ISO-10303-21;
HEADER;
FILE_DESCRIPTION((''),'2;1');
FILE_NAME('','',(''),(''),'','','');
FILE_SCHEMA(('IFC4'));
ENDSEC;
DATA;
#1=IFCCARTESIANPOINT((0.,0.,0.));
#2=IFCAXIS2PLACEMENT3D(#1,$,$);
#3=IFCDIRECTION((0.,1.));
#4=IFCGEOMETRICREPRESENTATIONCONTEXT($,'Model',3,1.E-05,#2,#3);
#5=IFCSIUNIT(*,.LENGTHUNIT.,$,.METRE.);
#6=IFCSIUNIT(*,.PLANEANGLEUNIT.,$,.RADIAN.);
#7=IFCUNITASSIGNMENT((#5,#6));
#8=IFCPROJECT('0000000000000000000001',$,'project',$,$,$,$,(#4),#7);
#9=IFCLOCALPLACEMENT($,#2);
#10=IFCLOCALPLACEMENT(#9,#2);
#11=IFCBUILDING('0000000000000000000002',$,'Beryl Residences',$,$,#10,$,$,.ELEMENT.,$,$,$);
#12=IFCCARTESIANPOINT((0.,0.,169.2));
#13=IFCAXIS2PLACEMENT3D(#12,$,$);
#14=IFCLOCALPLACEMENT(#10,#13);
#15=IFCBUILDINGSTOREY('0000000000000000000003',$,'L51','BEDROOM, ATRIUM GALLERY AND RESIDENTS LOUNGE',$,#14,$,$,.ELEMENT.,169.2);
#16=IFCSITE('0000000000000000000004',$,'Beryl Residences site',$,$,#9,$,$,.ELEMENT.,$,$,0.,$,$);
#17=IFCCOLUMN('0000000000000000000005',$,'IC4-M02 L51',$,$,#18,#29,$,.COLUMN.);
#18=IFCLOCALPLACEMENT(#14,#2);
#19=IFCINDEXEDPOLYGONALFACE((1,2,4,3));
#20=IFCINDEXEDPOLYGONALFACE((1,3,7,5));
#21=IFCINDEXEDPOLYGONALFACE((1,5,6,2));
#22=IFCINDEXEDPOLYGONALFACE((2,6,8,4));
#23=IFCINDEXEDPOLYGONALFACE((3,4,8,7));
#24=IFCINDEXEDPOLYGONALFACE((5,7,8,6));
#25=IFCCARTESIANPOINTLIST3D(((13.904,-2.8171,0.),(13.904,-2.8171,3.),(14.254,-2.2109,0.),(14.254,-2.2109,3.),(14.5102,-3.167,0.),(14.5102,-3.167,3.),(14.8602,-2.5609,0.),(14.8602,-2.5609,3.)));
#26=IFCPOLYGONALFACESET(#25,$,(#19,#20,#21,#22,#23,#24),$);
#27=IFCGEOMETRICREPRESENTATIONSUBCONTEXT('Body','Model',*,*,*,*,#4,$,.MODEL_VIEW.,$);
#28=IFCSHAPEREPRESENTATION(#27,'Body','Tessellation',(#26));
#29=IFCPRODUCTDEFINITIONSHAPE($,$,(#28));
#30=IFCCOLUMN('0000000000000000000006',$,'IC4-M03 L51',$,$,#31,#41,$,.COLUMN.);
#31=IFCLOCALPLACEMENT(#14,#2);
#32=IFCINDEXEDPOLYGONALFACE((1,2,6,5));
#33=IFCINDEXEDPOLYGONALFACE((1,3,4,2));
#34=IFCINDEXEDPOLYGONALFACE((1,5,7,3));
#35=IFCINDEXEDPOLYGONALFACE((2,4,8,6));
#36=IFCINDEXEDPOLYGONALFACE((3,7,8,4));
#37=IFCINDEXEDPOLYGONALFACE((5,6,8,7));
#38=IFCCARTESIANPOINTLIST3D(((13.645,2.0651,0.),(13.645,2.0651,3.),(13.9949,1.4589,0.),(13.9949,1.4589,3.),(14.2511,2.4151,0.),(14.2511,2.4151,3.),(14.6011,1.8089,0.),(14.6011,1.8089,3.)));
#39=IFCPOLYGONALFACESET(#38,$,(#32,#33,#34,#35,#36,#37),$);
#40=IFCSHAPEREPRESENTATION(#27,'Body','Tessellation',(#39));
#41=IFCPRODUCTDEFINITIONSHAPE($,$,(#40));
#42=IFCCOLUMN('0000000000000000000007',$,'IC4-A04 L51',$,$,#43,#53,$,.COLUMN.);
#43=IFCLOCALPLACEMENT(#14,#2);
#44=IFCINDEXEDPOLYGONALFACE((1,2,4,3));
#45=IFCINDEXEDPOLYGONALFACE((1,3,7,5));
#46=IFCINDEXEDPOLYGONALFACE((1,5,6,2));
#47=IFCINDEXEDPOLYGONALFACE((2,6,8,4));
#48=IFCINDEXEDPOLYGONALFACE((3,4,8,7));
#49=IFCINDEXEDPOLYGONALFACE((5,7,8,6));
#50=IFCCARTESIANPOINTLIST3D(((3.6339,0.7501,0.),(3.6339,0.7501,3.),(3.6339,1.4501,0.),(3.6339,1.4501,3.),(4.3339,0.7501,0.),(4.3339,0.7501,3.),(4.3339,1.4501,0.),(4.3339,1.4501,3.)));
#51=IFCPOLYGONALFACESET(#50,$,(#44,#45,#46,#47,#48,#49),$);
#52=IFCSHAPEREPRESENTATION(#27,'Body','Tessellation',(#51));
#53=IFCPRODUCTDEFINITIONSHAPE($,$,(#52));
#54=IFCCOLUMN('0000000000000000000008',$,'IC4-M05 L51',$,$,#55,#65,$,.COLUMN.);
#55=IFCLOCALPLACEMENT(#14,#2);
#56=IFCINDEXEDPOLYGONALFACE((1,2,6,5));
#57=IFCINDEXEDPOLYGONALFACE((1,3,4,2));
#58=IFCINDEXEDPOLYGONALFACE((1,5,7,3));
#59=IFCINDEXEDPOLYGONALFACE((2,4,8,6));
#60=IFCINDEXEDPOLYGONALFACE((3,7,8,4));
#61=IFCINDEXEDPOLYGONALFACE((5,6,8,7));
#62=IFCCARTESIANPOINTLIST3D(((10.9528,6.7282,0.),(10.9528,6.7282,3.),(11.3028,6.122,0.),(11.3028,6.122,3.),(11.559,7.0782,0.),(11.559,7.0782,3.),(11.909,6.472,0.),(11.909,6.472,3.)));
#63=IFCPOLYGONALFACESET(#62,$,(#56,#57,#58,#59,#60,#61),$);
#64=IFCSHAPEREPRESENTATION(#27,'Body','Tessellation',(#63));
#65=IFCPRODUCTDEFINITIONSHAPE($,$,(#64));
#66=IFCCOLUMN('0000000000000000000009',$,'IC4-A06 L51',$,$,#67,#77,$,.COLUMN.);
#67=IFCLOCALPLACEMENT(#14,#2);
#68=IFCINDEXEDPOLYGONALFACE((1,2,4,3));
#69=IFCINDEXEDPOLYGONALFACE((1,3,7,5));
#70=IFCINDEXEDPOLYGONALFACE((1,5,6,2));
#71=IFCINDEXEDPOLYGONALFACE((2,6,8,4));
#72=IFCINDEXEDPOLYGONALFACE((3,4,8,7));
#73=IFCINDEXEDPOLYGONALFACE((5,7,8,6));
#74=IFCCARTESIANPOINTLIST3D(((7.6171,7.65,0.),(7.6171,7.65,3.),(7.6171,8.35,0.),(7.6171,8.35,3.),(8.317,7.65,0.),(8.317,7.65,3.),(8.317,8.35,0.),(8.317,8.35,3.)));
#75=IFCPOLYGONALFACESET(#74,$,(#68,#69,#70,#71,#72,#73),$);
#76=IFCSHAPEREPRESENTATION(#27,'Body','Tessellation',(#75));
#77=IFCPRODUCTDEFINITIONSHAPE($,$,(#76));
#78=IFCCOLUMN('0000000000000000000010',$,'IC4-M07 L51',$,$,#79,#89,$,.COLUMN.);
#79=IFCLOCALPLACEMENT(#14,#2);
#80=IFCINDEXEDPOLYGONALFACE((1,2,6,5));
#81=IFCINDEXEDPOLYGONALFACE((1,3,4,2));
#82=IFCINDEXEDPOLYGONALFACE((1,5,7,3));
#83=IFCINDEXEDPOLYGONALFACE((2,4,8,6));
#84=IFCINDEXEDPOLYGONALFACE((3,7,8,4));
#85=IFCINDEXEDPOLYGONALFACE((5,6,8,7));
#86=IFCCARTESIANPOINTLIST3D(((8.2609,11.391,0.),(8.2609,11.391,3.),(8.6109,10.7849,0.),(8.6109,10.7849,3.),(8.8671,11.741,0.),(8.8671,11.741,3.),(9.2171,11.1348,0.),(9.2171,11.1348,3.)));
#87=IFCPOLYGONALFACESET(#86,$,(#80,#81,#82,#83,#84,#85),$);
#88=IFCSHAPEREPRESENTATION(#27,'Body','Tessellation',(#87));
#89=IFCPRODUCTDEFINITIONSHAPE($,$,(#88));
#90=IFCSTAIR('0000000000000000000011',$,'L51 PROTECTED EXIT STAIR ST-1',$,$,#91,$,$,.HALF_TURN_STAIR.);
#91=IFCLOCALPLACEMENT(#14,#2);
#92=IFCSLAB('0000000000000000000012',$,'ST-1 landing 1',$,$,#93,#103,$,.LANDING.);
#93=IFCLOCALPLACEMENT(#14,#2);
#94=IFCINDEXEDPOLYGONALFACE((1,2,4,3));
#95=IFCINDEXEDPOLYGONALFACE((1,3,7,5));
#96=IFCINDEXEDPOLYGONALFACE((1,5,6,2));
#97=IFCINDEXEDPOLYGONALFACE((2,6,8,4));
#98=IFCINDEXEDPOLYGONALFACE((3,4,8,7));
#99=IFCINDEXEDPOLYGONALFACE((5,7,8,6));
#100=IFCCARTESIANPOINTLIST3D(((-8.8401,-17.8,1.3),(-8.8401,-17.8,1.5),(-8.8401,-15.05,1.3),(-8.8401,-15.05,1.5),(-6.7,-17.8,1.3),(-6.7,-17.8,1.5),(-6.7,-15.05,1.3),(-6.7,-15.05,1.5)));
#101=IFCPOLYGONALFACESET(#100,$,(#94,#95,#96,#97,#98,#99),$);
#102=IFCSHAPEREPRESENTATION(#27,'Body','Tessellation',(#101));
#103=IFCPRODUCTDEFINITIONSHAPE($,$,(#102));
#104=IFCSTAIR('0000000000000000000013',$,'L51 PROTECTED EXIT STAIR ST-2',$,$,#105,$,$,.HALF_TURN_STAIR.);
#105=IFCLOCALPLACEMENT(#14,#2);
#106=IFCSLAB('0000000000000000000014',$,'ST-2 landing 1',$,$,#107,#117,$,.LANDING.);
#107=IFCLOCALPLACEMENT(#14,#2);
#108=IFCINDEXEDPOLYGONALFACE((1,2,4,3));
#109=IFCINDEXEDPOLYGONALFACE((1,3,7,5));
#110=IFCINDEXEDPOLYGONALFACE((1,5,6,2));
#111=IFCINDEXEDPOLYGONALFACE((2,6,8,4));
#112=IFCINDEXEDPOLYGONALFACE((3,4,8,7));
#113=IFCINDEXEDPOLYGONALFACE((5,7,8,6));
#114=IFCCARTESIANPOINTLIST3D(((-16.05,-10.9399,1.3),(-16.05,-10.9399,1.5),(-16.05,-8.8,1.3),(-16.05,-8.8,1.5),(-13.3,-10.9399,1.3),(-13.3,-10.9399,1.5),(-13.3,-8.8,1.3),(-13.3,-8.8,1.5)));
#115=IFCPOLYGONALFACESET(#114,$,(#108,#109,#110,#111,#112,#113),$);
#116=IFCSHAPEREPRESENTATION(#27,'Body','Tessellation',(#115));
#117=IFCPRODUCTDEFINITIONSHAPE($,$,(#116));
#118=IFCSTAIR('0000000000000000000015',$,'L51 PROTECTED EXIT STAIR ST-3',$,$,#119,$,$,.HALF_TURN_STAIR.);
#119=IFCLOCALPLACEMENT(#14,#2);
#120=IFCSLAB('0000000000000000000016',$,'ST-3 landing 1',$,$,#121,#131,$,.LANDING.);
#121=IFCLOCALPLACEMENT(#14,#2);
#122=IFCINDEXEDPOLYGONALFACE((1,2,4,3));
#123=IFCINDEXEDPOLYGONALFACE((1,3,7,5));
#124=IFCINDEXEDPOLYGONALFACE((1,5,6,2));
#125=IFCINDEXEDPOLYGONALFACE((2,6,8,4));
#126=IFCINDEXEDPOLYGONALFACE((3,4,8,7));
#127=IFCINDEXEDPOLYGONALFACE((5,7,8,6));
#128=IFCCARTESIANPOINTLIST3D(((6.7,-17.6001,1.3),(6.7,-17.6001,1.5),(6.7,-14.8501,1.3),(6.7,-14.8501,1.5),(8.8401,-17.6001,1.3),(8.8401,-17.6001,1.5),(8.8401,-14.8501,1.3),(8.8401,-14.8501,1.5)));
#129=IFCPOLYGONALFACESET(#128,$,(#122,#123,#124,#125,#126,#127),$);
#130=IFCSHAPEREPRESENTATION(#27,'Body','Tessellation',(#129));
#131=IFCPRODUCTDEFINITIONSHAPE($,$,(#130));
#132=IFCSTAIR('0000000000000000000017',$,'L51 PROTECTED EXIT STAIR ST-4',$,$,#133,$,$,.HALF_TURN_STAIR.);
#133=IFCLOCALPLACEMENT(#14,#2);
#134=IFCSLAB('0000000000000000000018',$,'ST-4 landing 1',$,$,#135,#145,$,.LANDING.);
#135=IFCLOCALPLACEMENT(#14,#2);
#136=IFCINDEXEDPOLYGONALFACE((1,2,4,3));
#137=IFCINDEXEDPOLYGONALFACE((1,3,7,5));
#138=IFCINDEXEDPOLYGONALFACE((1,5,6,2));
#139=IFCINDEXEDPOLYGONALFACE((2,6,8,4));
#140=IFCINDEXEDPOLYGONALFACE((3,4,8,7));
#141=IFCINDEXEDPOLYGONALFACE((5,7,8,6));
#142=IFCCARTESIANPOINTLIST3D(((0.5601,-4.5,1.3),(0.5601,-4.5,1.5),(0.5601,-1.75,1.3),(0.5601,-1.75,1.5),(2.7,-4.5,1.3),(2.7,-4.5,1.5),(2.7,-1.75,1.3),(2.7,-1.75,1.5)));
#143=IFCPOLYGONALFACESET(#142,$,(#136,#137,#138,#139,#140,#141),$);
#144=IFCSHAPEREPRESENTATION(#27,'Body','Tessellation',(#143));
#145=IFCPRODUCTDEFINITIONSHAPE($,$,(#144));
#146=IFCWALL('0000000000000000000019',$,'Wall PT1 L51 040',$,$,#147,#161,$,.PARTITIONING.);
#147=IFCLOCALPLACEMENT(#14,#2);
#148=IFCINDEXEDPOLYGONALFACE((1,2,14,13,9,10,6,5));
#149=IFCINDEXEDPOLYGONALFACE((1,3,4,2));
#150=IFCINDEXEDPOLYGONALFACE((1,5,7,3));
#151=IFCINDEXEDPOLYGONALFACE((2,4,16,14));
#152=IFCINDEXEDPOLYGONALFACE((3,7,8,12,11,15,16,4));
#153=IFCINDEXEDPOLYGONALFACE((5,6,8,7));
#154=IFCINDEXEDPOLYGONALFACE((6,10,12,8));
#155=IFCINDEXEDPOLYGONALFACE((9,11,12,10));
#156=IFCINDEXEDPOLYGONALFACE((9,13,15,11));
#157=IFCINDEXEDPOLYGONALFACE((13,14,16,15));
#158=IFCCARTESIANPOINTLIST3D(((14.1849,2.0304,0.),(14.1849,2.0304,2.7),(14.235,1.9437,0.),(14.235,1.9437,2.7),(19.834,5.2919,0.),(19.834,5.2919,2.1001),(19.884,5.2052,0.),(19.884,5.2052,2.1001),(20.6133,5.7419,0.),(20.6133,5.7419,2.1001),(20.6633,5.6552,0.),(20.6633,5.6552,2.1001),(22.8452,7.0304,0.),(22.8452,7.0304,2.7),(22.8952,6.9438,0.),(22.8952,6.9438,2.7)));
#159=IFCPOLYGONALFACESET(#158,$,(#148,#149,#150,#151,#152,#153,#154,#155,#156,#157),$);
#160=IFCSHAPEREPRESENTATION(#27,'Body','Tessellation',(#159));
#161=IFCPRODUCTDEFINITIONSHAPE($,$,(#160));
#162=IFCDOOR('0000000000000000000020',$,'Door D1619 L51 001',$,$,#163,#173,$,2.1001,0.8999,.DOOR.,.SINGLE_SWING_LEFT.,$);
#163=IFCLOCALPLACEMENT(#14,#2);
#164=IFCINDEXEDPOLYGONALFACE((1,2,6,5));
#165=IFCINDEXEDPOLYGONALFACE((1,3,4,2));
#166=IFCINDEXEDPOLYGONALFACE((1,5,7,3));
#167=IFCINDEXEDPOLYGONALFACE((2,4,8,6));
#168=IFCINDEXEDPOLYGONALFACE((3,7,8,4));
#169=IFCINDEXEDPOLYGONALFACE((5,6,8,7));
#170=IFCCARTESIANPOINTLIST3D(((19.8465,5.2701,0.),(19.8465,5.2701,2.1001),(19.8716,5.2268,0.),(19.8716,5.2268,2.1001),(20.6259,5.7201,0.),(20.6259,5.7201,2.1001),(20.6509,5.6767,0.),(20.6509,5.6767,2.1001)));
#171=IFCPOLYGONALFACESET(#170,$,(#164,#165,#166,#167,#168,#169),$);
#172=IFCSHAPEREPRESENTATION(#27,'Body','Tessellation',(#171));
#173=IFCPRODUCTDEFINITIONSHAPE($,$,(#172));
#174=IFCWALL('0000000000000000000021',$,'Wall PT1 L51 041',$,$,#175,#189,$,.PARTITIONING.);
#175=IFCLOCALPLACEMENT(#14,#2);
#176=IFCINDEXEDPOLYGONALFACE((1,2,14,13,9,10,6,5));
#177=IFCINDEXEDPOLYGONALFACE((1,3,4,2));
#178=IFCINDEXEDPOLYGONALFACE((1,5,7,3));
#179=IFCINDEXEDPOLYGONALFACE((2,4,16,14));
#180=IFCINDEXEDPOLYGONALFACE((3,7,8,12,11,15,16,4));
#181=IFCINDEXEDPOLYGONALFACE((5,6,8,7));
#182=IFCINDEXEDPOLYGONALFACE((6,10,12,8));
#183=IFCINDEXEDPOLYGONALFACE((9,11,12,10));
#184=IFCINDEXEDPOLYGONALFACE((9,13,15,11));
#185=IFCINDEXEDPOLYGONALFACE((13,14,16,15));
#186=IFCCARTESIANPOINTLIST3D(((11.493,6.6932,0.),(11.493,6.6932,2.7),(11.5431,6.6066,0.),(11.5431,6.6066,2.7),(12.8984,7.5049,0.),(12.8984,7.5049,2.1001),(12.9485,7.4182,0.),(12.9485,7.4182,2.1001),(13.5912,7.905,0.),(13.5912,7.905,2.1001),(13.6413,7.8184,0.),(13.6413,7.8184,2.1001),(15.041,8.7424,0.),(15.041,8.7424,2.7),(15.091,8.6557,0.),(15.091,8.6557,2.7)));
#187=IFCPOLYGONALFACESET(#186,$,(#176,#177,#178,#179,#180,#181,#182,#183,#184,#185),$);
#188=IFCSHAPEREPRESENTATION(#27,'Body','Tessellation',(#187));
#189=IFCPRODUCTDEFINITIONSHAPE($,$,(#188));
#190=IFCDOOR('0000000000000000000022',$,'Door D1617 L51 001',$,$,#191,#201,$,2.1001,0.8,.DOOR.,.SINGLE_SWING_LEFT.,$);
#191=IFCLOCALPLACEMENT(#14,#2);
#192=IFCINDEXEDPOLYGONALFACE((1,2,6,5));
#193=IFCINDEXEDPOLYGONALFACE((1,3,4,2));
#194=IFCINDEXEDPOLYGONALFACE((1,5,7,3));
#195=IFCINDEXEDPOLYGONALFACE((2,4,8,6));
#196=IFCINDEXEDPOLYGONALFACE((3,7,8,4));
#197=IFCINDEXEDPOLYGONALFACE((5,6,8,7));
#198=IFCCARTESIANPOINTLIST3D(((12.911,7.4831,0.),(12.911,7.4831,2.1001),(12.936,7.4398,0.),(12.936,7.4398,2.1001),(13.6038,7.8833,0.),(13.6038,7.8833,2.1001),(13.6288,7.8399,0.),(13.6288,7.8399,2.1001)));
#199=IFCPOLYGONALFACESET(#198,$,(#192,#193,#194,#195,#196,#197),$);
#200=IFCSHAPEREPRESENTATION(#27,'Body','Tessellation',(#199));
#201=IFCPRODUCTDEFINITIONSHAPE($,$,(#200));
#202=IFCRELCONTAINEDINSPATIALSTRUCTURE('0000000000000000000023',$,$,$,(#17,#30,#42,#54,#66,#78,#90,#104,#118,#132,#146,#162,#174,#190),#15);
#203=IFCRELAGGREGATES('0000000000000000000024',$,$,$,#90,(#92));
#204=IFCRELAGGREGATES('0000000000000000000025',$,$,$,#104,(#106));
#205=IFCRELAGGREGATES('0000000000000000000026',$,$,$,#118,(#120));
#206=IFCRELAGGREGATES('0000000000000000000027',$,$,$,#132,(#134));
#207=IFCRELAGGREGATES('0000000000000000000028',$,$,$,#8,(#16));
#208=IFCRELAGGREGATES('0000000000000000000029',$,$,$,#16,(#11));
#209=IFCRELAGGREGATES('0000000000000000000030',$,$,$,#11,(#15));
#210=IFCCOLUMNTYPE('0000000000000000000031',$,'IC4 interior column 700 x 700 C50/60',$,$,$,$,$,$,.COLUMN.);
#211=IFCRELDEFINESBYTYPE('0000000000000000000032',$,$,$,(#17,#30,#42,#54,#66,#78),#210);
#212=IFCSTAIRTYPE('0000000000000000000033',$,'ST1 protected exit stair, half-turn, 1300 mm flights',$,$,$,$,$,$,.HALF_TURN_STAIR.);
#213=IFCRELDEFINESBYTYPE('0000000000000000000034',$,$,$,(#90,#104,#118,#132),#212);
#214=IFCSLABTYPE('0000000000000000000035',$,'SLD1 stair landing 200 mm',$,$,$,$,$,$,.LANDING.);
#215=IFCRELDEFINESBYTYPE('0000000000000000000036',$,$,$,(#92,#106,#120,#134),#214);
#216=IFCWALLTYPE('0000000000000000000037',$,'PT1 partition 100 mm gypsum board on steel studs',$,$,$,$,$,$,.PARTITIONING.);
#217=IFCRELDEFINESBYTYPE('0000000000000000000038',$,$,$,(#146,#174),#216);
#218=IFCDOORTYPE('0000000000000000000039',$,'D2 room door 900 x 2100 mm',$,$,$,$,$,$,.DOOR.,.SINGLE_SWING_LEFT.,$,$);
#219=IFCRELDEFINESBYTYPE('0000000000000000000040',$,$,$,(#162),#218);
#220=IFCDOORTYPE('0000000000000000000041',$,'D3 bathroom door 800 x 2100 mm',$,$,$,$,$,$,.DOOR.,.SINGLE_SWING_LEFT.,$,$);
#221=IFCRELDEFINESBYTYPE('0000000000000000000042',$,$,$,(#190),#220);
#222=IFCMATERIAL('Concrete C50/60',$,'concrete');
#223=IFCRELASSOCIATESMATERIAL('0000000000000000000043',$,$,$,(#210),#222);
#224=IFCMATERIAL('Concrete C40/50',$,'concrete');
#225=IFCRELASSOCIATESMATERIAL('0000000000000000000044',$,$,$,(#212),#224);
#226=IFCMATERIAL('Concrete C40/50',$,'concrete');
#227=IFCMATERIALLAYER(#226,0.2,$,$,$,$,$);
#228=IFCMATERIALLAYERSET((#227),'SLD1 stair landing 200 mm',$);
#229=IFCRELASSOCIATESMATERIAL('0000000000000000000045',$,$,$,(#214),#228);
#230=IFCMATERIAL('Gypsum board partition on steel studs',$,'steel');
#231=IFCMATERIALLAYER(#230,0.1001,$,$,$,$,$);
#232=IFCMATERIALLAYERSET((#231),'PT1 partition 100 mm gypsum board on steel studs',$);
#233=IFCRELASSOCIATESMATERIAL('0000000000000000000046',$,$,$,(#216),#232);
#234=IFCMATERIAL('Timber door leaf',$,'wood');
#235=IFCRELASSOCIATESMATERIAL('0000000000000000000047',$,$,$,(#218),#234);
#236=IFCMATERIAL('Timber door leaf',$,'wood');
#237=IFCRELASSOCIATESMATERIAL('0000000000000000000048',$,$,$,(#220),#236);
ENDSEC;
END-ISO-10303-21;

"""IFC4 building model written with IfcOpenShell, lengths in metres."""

from ifc_helpers import new_model, si_unit, direction, frame, frame_2d, origin, origin_2d, place, context, subcontext, project, spatial, polyline, rectangle, outline, extrude, material, layer, layer_set, material_profile, profile_set, type_object, element, fill, aggregate, save


model = new_model("IFC4")

# Units and contexts
model_context = context("Model", 3, precision=1e-05, world=origin(), true_north=direction((0.0, 1.0)))
body_context = subcontext(model_context, "Body", "Model", "MODEL_VIEW")
ifc_project = project(units=[si_unit("LENGTHUNIT", "METRE"), si_unit("PLANEANGLEUNIT", "RADIAN")], contexts=[model_context])

# Site, building, storey
site_placement = place(None, origin())
site = spatial("IfcSite", under=ifc_project, at=site_placement, Name="Beryl Residences site", CompositionType="ELEMENT", RefElevation=0.0)
building_placement = place(site_placement, origin())
building = spatial("IfcBuilding", under=site, at=building_placement, Name="Beryl Residences", CompositionType="ELEMENT")
storey_placement = place(building_placement, frame((0.0, 0.0, 169.2)))
storey = spatial("IfcBuildingStorey", under=building, at=storey_placement, Name="L51", Description="BEDROOM, ATRIUM GALLERY AND RESIDENTS LOUNGE", CompositionType="ELEMENT", Elevation=169.2)

# Columns
ifc_material_1 = material(Name="Concrete C50/60", Category="concrete")
ifc_material_profile = material_profile(ifc_material_1, rectangle(XDim=0.7, YDim=0.7, at=origin_2d()))
ifc_profile_set = profile_set([ifc_material_profile], Name="Concrete C50/60")
column_type = type_object("IfcColumnType", Name="IC4 interior column 700 x 700 C50/60", PredefinedType="COLUMN", material=ifc_profile_set)
for number, where, z_axis, x_axis, name in (
    (1, (14.3821, -2.689, 0.0), (0.0, 0.0, 1.0), (0.5, 0.866025, 0.0), "IC4-M02 L51"),
    (2, (14.123, 1.937, 0.0), (0.0, 0.0, 1.0), (-0.5, 0.866025, 0.0), "IC4-M03 L51"),
    (3, (3.9839, 1.1001, 0.0), (0.0, 0.0, 1.0), (1.0, 0.0, 0.0), "IC4-A04 L51"),
    (4, (11.4309, 6.6001, 0.0), (0.0, 0.0, 1.0), (-0.5, 0.866025, 0.0), "IC4-M05 L51"),
    (5, (7.967, 8.0, 0.0), (0.0, 0.0, 1.0), (1.0, 0.0, 0.0), "IC4-A06 L51"),
    (6, (8.739, 11.2629, 0.0), (0.0, 0.0, 1.0), (-0.5, 0.866025, 0.0), "IC4-M07 L51"),
):
    element("IfcColumn", number, at=place(storey_placement, frame(where, z_axis=z_axis, x_axis=x_axis)), inside=storey, type_object=column_type, Name=name, PredefinedType="COLUMN", context=body_context, shape_type="SweptSolid", body=[
        extrude(rectangle(XDim=0.7, YDim=0.7, at=origin_2d()), origin(), (0.0, 0.0, 1.0), 3.0),
    ])

# Stairs, slabs
ifc_material_2 = material(Name="Concrete C40/50", Category="concrete")
stair_type = type_object("IfcStairType", Name="ST1 protected exit stair, half-turn, 1300 mm flights", PredefinedType="HALF_TURN_STAIR", material=ifc_material_2)
stair_1_placement = place(storey_placement, origin())
stair_1 = element("IfcStair", 7, at=stair_1_placement, inside=storey, type_object=stair_type, Name="L51 PROTECTED EXIT STAIR ST-1", PredefinedType="HALF_TURN_STAIR")
ifc_material_3 = material(Name="Concrete C40/50", Category="concrete")
ifc_layer_1 = layer(ifc_material_3, 0.2)
ifc_layer_set_1 = layer_set([ifc_layer_1], Name="SLD1 stair landing 200 mm")
slab_type_1 = type_object("IfcSlabType", Name="SLD1 stair landing 200 mm", PredefinedType="LANDING", material=ifc_layer_set_1)
slab_1_placement = place(storey_placement, frame((0.0, 0.0, 1.3)))
slab_1 = element("IfcSlab", 8, at=slab_1_placement, type_object=slab_type_1, Name="ST-1 landing 1", PredefinedType="LANDING", context=body_context, shape_type="SweptSolid", body=[
    extrude(outline(polyline([(-8.8401, -17.8), (-6.7, -17.8), (-6.7, -15.05), (-8.8401, -15.05), (-8.8401, -17.8)])), origin(), (0.0, 0.0, 1.0), 0.2),
])
aggregate(stair_1, [slab_1])
stair_2_placement = place(storey_placement, origin())
stair_2 = element("IfcStair", 9, at=stair_2_placement, inside=storey, type_object=stair_type, Name="L51 PROTECTED EXIT STAIR ST-2", PredefinedType="HALF_TURN_STAIR")
slab_2_placement = place(storey_placement, frame((0.0, 0.0, 1.3)))
slab_2 = element("IfcSlab", 10, at=slab_2_placement, type_object=slab_type_1, Name="ST-2 landing 1", PredefinedType="LANDING", context=body_context, shape_type="SweptSolid", body=[
    extrude(outline(polyline([(-13.3, -10.9399), (-13.3, -8.8), (-16.05, -8.8), (-16.05, -10.9399), (-13.3, -10.9399)])), origin(), (0.0, 0.0, 1.0), 0.2),
])
aggregate(stair_2, [slab_2])
stair_3_placement = place(storey_placement, origin())
stair_3 = element("IfcStair", 11, at=stair_3_placement, inside=storey, type_object=stair_type, Name="L51 PROTECTED EXIT STAIR ST-3", PredefinedType="HALF_TURN_STAIR")
slab_3_placement = place(storey_placement, frame((0.0, 0.0, 1.3)))
slab_3 = element("IfcSlab", 12, at=slab_3_placement, type_object=slab_type_1, Name="ST-3 landing 1", PredefinedType="LANDING", context=body_context, shape_type="SweptSolid", body=[
    extrude(outline(polyline([(8.8401, -14.8501), (6.7, -14.8501), (6.7, -17.6001), (8.8401, -17.6001), (8.8401, -14.8501)])), origin(), (0.0, 0.0, 1.0), 0.2),
])
aggregate(stair_3, [slab_3])
stair_4_placement = place(storey_placement, origin())
stair_4 = element("IfcStair", 13, at=stair_4_placement, inside=storey, type_object=stair_type, Name="L51 PROTECTED EXIT STAIR ST-4", PredefinedType="HALF_TURN_STAIR")
slab_4_placement = place(storey_placement, frame((0.0, 0.0, 1.3)))
slab_4 = element("IfcSlab", 14, at=slab_4_placement, type_object=slab_type_1, Name="ST-4 landing 1", PredefinedType="LANDING", context=body_context, shape_type="SweptSolid", body=[
    extrude(outline(polyline([(0.5601, -4.5), (2.7, -4.5), (2.7, -1.75), (0.5601, -1.75), (0.5601, -4.5)])), origin(), (0.0, 0.0, 1.0), 0.2),
])
aggregate(stair_4, [slab_4])

# Walls, openings, doors
ifc_material_4 = material(Name="Gypsum board partition on steel studs", Category="steel")
ifc_layer_2 = layer(ifc_material_4, 0.1001)
ifc_layer_set_2 = layer_set([ifc_layer_2], Name="PT1 partition 100 mm gypsum board on steel studs")
wall_type_1 = type_object("IfcWallType", Name="PT1 partition 100 mm gypsum board on steel studs", PredefinedType="PARTITIONING", material=ifc_layer_set_2)
wall_1_placement = place(storey_placement, frame((14.21, 1.9871, 0.0), z_axis=(0.0, 0.0, 1.0), x_axis=(0.866023, 0.500004, 0.0)))
wall_1 = element("IfcWall", 15, at=wall_1_placement, inside=storey, type_object=wall_type_1, Name="Wall PT1 L51 040", PredefinedType="PARTITIONING", context=body_context, shape_type="SweptSolid", body=[
    extrude(rectangle(XDim=10.0, YDim=0.1001, at=frame_2d((5.0, 0.0))), origin(), (0.0, 0.0, 1.0), 2.7),
])
opening_1_placement = place(wall_1_placement, frame((6.5229, 0.0, 0.0)))
opening_1 = element("IfcOpeningElement", 16, at=opening_1_placement, cuts=wall_1, PredefinedType="OPENING", context=body_context, shape_type="SweptSolid", body=[
    extrude(rectangle(XDim=0.8999, YDim=2.1001, at=frame_2d((0.45, 1.05))), frame((0.0, 0.0601, 0.0), z_axis=(0.0, -1.0, 0.0), x_axis=(1.0, 0.0, 0.0)), (0.0, 0.0, 1.0), 0.1201),
])
ifc_material_5 = material(Name="Timber door leaf", Category="wood")
door_type_1 = type_object("IfcDoorType", Name="D2 room door 900 x 2100 mm", OperationType="SINGLE_SWING_LEFT", PredefinedType="DOOR", material=ifc_material_5)
door_1_placement = place(opening_1_placement, origin())
door_1 = element("IfcDoor", 17, at=door_1_placement, inside=storey, type_object=door_type_1, Name="Door D1619 L51 001", OperationType="SINGLE_SWING_LEFT", OverallHeight=2.1001, OverallWidth=0.8999, PredefinedType="DOOR", context=body_context, shape_type="SweptSolid", body=[
    extrude(rectangle(XDim=0.8999, YDim=2.1001, at=frame_2d((0.45, 1.05))), frame((0.0, 0.0249, 0.0), z_axis=(0.0, -1.0, 0.0), x_axis=(1.0, 0.0, 0.0)), (0.0, 0.0, 1.0), 0.05),
])
fill(opening_1, door_1)
wall_2_placement = place(storey_placement, frame((11.5181, 6.6499, 0.0), z_axis=(0.0, 0.0, 1.0), x_axis=(0.865949, 0.500132, 0.0)))
wall_2 = element("IfcWall", 18, at=wall_2_placement, inside=storey, type_object=wall_type_1, Name="Wall PT1 L51 041", PredefinedType="PARTITIONING", context=body_context, shape_type="SweptSolid", body=[
    extrude(rectangle(XDim=4.0972, YDim=0.1001, at=frame_2d((2.0486, 0.0))), origin(), (0.0, 0.0, 1.0), 2.7),
])
opening_2_placement = place(wall_2_placement, frame((1.623, 0.0, 0.0)))
opening_2 = element("IfcOpeningElement", 19, at=opening_2_placement, cuts=wall_2, PredefinedType="OPENING", context=body_context, shape_type="SweptSolid", body=[
    extrude(rectangle(XDim=0.8, YDim=2.1001, at=frame_2d((0.3999, 1.05))), frame((0.0, 0.0601, 0.0), z_axis=(0.0, -1.0, 0.0), x_axis=(1.0, 0.0, 0.0)), (0.0, 0.0, 1.0), 0.1201),
])
ifc_material_6 = material(Name="Timber door leaf", Category="wood")
door_type_2 = type_object("IfcDoorType", Name="D3 bathroom door 800 x 2100 mm", OperationType="SINGLE_SWING_LEFT", PredefinedType="DOOR", material=ifc_material_6)
door_2_placement = place(opening_2_placement, origin())
door_2 = element("IfcDoor", 20, at=door_2_placement, inside=storey, type_object=door_type_2, Name="Door D1617 L51 001", OperationType="SINGLE_SWING_LEFT", OverallHeight=2.1001, OverallWidth=0.8, PredefinedType="DOOR", context=body_context, shape_type="SweptSolid", body=[
    extrude(rectangle(XDim=0.8, YDim=2.1001, at=frame_2d((0.3999, 1.05))), frame((0.0, 0.0249, 0.0), z_axis=(0.0, -1.0, 0.0), x_axis=(1.0, 0.0, 0.0)), (0.0, 0.0, 1.0), 0.05),
])
fill(opening_2, door_2)

save(model, "model.ifc")
